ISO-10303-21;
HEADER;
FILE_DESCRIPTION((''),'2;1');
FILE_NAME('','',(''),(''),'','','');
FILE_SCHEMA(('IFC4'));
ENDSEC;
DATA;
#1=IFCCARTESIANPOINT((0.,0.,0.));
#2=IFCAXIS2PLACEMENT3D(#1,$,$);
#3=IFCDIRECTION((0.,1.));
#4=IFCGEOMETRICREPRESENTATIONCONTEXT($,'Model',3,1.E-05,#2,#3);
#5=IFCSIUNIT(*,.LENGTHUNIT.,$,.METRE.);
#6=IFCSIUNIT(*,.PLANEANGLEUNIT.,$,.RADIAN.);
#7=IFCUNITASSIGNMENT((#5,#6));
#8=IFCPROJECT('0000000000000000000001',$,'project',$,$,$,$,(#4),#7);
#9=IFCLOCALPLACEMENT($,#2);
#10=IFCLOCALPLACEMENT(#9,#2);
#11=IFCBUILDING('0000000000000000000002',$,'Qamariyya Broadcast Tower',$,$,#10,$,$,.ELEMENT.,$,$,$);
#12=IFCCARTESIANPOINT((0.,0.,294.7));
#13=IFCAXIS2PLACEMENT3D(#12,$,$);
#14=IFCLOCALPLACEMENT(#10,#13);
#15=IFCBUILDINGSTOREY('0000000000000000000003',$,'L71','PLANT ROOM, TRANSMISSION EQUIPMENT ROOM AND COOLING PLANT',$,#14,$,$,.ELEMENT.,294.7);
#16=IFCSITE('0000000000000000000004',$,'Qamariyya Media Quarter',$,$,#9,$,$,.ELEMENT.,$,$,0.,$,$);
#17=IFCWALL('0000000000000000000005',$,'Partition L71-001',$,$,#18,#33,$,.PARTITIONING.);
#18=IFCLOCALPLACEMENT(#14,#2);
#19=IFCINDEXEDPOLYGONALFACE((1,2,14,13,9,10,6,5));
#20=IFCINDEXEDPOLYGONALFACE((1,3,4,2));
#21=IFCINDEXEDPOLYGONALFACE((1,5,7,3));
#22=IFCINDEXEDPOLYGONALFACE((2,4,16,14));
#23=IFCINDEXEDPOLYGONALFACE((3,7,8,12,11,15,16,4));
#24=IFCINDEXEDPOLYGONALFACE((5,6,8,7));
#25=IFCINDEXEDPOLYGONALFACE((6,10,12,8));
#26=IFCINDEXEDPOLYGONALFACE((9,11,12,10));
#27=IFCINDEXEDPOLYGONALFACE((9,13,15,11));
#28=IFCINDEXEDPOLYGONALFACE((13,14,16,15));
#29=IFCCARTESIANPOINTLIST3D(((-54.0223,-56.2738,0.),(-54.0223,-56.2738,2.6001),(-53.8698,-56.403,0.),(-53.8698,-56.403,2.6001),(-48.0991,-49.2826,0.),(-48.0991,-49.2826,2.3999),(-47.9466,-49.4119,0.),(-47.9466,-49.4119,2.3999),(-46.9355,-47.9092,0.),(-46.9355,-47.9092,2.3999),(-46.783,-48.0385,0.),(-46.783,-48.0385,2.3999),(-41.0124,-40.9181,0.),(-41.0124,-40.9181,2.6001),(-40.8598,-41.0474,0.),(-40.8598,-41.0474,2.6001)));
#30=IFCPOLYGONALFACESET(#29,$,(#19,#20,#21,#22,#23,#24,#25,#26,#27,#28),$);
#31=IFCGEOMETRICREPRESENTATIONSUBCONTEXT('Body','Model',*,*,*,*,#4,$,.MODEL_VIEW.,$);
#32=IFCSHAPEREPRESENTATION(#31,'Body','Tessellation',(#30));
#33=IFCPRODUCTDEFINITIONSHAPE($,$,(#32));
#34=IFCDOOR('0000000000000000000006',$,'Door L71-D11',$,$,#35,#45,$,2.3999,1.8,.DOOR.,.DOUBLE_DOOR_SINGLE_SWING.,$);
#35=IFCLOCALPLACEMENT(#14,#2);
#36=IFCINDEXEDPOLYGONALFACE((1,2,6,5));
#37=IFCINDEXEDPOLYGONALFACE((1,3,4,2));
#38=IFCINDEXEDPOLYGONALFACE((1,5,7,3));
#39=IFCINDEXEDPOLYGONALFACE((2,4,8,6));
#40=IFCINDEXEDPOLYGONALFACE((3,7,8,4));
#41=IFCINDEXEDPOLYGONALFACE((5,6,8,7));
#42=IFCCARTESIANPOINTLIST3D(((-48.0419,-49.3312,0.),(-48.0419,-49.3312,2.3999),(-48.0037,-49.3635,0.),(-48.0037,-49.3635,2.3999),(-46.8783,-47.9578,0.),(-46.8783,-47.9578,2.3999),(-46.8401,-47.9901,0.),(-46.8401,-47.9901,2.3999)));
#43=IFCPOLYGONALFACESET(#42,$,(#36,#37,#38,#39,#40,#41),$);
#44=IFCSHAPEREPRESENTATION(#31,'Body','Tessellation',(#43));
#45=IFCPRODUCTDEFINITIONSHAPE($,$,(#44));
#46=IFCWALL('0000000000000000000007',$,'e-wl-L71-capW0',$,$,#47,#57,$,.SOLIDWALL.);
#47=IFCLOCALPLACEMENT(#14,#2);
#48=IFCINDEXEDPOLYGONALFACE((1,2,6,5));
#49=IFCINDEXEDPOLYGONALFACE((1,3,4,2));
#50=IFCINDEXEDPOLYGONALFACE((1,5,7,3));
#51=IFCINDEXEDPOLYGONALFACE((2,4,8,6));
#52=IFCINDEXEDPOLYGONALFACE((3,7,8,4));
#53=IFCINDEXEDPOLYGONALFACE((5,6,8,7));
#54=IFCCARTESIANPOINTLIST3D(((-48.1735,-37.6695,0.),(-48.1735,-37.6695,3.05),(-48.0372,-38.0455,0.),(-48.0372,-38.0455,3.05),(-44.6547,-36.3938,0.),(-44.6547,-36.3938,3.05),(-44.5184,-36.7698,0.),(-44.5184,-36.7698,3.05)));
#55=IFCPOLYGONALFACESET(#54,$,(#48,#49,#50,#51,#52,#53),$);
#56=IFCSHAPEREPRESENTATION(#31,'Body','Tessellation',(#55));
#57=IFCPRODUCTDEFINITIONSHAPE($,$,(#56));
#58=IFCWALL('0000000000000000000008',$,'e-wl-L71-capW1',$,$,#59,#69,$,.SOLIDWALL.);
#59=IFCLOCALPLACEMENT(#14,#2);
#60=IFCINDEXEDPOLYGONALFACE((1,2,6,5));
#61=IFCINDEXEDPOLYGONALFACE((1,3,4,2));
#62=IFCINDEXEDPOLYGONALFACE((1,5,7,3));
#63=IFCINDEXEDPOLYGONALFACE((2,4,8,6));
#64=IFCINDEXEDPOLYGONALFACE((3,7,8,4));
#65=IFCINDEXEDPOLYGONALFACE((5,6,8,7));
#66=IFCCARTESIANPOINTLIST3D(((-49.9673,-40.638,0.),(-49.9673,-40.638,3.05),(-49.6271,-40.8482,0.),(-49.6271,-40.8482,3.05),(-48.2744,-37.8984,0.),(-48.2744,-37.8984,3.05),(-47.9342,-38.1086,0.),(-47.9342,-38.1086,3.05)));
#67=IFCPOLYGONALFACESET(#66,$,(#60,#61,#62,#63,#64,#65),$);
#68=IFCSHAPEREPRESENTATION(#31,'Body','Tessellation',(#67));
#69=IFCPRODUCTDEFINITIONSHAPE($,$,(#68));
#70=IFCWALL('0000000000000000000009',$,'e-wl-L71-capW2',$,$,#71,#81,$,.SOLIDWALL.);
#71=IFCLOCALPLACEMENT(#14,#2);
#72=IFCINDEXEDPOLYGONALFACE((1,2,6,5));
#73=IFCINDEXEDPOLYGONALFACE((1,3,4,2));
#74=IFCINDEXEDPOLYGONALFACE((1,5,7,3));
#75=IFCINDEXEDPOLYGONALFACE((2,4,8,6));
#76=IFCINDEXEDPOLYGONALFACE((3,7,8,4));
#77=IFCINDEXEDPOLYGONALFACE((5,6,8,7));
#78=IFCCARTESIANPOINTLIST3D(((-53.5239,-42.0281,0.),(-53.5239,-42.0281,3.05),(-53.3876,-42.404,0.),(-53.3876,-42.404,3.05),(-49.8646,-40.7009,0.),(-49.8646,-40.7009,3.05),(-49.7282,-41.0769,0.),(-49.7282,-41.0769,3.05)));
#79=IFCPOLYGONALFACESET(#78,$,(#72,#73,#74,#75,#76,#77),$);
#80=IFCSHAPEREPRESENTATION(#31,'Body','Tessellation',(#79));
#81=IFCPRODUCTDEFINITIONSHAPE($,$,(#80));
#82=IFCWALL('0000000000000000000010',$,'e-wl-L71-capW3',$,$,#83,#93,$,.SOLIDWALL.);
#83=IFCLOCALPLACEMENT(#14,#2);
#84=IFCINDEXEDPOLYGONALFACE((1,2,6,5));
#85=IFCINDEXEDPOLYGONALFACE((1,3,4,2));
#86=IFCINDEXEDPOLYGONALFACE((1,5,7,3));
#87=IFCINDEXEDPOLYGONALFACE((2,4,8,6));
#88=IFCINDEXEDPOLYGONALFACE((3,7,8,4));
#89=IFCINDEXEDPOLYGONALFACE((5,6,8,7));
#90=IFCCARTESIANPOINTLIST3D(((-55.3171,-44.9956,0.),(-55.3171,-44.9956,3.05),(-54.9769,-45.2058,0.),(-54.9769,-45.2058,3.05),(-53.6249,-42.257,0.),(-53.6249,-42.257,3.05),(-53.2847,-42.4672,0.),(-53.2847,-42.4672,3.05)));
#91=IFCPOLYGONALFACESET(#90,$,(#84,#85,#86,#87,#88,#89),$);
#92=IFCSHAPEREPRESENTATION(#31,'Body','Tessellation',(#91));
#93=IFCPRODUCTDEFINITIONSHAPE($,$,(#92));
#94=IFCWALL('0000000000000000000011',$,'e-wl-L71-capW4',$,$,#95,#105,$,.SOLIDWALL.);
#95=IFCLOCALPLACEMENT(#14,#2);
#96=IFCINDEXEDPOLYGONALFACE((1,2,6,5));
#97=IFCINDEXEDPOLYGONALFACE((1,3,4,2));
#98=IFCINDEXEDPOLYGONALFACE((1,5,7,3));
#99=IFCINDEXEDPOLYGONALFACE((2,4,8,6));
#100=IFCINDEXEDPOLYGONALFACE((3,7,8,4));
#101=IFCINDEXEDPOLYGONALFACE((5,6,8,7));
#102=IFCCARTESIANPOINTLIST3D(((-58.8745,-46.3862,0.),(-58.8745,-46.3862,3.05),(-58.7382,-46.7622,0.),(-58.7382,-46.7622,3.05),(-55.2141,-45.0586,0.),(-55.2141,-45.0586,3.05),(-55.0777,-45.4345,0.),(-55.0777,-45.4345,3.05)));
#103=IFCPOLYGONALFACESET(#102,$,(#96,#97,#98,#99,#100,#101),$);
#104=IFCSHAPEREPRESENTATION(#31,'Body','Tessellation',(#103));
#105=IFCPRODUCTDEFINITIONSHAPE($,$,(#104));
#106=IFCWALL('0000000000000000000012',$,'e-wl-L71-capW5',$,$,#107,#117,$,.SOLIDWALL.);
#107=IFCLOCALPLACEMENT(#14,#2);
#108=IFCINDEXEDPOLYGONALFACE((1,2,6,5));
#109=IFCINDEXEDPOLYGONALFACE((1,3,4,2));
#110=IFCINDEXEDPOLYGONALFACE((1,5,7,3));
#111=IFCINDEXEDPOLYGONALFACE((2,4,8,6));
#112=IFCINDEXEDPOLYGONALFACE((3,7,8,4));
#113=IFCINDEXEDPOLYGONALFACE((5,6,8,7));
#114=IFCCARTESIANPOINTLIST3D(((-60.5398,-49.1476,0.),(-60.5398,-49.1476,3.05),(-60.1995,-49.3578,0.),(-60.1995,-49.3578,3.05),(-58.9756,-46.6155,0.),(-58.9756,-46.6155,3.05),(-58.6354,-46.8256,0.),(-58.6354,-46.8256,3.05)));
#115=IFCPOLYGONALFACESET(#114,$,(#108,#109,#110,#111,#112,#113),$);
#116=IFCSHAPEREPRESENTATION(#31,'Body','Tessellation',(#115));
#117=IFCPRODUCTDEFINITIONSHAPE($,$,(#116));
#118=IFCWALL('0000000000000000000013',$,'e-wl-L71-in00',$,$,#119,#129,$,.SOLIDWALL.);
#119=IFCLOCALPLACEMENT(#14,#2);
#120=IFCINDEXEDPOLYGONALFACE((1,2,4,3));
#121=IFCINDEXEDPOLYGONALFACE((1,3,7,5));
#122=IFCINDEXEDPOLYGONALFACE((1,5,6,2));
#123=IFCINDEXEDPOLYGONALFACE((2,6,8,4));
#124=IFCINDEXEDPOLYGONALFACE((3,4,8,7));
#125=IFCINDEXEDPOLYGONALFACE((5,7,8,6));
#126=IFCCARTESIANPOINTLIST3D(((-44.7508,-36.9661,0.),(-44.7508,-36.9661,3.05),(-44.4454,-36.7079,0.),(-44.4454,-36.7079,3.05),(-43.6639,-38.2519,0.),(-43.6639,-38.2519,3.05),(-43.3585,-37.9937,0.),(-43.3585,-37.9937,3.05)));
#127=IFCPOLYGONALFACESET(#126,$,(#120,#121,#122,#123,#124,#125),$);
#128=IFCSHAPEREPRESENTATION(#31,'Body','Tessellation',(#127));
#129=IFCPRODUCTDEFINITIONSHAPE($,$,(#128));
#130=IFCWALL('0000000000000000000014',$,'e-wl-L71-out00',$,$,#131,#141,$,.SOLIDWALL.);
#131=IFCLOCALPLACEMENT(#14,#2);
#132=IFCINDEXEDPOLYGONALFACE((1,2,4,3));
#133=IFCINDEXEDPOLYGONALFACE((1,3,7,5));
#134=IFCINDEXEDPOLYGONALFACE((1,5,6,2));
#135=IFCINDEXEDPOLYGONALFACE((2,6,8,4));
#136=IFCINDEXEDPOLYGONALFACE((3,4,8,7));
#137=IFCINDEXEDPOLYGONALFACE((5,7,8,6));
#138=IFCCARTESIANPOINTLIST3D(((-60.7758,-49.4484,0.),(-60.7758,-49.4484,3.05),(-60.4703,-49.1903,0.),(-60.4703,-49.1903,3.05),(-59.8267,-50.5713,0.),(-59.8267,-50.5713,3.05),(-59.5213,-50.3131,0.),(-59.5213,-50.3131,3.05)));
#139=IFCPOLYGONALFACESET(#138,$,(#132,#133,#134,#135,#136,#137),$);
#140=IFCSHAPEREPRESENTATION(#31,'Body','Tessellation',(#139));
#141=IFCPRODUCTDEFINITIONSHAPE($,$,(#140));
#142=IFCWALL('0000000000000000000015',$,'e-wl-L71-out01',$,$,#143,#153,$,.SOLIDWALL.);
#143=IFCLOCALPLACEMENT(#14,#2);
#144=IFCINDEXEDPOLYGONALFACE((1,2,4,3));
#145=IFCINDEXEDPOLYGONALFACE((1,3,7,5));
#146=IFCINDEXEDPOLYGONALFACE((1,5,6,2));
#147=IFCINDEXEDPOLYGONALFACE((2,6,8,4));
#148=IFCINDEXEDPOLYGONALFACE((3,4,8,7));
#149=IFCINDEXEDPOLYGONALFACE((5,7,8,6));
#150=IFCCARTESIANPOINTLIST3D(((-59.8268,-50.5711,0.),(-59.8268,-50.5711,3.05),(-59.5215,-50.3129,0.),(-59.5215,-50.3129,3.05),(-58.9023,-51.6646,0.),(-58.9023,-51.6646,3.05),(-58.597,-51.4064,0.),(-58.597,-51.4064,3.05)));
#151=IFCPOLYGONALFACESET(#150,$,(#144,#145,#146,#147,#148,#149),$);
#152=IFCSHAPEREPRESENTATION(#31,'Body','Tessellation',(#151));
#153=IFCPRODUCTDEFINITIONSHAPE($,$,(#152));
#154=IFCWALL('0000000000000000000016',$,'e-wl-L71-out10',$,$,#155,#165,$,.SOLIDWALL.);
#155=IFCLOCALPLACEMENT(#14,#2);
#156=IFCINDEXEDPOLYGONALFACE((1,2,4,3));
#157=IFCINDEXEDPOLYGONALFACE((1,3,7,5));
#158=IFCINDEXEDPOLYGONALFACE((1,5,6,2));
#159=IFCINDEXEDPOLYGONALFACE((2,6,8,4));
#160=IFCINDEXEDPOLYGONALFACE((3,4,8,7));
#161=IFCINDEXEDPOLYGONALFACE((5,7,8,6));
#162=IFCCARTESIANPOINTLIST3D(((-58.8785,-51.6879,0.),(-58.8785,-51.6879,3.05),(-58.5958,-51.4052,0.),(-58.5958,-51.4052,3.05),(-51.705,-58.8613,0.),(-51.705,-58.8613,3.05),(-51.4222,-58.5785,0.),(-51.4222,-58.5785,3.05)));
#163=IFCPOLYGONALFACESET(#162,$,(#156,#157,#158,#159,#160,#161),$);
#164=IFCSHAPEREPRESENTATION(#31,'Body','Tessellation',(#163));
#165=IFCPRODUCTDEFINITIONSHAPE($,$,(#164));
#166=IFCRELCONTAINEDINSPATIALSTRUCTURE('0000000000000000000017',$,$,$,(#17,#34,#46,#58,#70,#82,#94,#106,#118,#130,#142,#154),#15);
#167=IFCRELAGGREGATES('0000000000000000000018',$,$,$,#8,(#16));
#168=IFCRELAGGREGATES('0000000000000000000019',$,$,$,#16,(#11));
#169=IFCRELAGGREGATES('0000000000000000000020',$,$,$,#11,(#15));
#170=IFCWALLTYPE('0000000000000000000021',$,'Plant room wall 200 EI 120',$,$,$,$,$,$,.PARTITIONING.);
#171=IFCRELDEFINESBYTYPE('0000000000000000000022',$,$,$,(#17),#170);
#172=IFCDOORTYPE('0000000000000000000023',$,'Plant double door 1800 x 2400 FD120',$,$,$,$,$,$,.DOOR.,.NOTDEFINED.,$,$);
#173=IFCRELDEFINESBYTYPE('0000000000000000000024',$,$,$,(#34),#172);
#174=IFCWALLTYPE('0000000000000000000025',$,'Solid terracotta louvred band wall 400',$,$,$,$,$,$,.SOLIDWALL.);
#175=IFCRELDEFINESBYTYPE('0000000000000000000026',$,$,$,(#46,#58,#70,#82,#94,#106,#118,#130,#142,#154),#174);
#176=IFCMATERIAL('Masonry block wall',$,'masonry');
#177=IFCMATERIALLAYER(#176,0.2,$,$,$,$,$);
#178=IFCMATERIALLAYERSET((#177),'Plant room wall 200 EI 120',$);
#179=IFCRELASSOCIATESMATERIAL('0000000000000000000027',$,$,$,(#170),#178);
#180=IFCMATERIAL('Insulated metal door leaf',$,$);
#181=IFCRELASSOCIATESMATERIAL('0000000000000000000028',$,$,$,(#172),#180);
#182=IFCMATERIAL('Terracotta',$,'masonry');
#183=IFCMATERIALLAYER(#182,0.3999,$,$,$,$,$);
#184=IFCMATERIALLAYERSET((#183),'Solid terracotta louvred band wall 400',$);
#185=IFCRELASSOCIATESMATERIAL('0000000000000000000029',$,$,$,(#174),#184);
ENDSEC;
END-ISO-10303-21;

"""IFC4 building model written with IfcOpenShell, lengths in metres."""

from ifc_helpers import new_model, si_unit, direction, frame, frame_2d, origin, place, context, subcontext, project, spatial, rectangle, extrude, material, layer, layer_set, type_object, element, fill, save


model = new_model("IFC4")

# Units and contexts
model_context = context("Model", 3, precision=1e-05, world=origin(), true_north=direction((0.0, 1.0)))
body_context = subcontext(model_context, "Body", "Model", "MODEL_VIEW")
ifc_project = project(units=[si_unit("LENGTHUNIT", "METRE"), si_unit("PLANEANGLEUNIT", "RADIAN")], contexts=[model_context])

# Site, building, storey
site_placement = place(None, origin())
site = spatial("IfcSite", under=ifc_project, at=site_placement, Name="Qamariyya Media Quarter", CompositionType="ELEMENT", RefElevation=0.0)
building_placement = place(site_placement, origin())
building = spatial("IfcBuilding", under=site, at=building_placement, Name="Qamariyya Broadcast Tower", CompositionType="ELEMENT")
storey_placement = place(building_placement, frame((0.0, 0.0, 294.7)))
storey = spatial("IfcBuildingStorey", under=building, at=storey_placement, Name="L71", Description="PLANT ROOM, TRANSMISSION EQUIPMENT ROOM AND COOLING PLANT", CompositionType="ELEMENT", Elevation=294.7)

# Wall, opening, door
ifc_material_1 = material(Name="Masonry block wall", Category="masonry")
ifc_layer_1 = layer(ifc_material_1, 0.2)
ifc_layer_set_1 = layer_set([ifc_layer_1], Name="Plant room wall 200 EI 120")
wall_type_1 = type_object("IfcWallType", Name="Plant room wall 200 EI 120", PredefinedType="PARTITIONING", material=ifc_layer_set_1)
wall_1_placement = place(storey_placement, frame((-53.946, -56.3384, 0.0), z_axis=(0.0, 0.0, 1.0), x_axis=(0.646426, 0.762977, 0.0)))
wall_1 = element("IfcWall", 1, at=wall_1_placement, inside=storey, type_object=wall_type_1, Name="Partition L71-001", PredefinedType="PARTITIONING", context=body_context, shape_type="SweptSolid", body=[
    extrude(rectangle(XDim=20.126, YDim=0.2, at=frame_2d((10.063, 0.0))), origin(), (0.0, 0.0, 1.0), 2.6001),
])
opening_1_placement = place(wall_1_placement, frame((9.1631, 0.0, 0.0)))
opening_1 = element("IfcOpeningElement", 2, at=opening_1_placement, cuts=wall_1, PredefinedType="OPENING", context=body_context, shape_type="SweptSolid", body=[
    extrude(rectangle(XDim=1.8, YDim=2.3999, at=frame_2d((0.8999, 1.2))), frame((0.0, 0.1099, 0.0), z_axis=(0.0, -1.0, 0.0), x_axis=(1.0, 0.0, 0.0)), (0.0, 0.0, 1.0), 0.22),
])
ifc_material_2 = material(Name="Insulated metal door leaf")
door_type_1 = type_object("IfcDoorType", Name="Plant double door 1800 x 2400 FD120", OperationType="NOTDEFINED", PredefinedType="DOOR", material=ifc_material_2)
door_1_placement = place(opening_1_placement, origin())
door_1 = element("IfcDoor", 3, at=door_1_placement, inside=storey, type_object=door_type_1, Name="Door L71-D11", OperationType="DOUBLE_DOOR_SINGLE_SWING", OverallHeight=2.3999, OverallWidth=1.8, PredefinedType="DOOR", context=body_context, shape_type="SweptSolid", body=[
    extrude(rectangle(XDim=1.8, YDim=2.3999, at=frame_2d((0.8999, 1.2))), frame((0.0, 0.0249, 0.0), z_axis=(0.0, -1.0, 0.0), x_axis=(1.0, 0.0, 0.0)), (0.0, 0.0, 1.0), 0.05),
])
fill(opening_1, door_1)

# Walls
ifc_material_3 = material(Name="Terracotta", Category="masonry")
ifc_layer_2 = layer(ifc_material_3, 0.3999)
ifc_layer_set_2 = layer_set([ifc_layer_2], Name="Solid terracotta louvred band wall 400")
wall_type_2 = type_object("IfcWallType", Name="Solid terracotta louvred band wall 400", PredefinedType="SOLIDWALL", material=ifc_layer_set_2)
wall_2_placement = place(storey_placement, frame((-44.5864, -36.5818, 0.0), z_axis=(0.0, 0.0, 1.0), x_axis=(-0.94013, -0.340816, 0.0)))
element("IfcWall", 4, at=wall_2_placement, inside=storey, type_object=wall_type_2, Name="e-wl-L71-capW0", PredefinedType="SOLIDWALL", context=body_context, shape_type="SweptSolid", body=[
    extrude(rectangle(XDim=3.7429, YDim=0.3999, at=frame_2d((1.8716, 0.0))), origin(), (0.0, 0.0, 1.0), 3.05),
])
wall_3_placement = place(storey_placement, frame((-48.1042, -38.0034, 0.0), z_axis=(0.0, 0.0, 1.0), x_axis=(-0.525678, -0.850683, 0.0)))
element("IfcWall", 5, at=wall_3_placement, inside=storey, type_object=wall_type_2, Name="e-wl-L71-capW1", PredefinedType="SOLIDWALL", context=body_context, shape_type="SweptSolid", body=[
    extrude(rectangle(XDim=3.2205, YDim=0.3999, at=frame_2d((1.6104, 0.0))), origin(), (0.0, 0.0, 1.0), 3.05),
])
wall_4_placement = place(storey_placement, frame((-49.7964, -40.8889, 0.0), z_axis=(0.0, 0.0, 1.0), x_axis=(-0.940086, -0.340937, 0.0)))
element("IfcWall", 6, at=wall_4_placement, inside=storey, type_object=wall_type_2, Name="e-wl-L71-capW2", PredefinedType="SOLIDWALL", context=body_context, shape_type="SweptSolid", body=[
    extrude(rectangle(XDim=3.8926, YDim=0.3999, at=frame_2d((1.9463, 0.0))), origin(), (0.0, 0.0, 1.0), 3.05),
])
wall_5_placement = place(storey_placement, frame((-53.4548, -42.3621, 0.0), z_axis=(0.0, 0.0, 1.0), x_axis=(-0.525649, -0.850701, 0.0)))
element("IfcWall", 7, at=wall_5_placement, inside=storey, type_object=wall_type_2, Name="e-wl-L71-capW3", PredefinedType="SOLIDWALL", context=body_context, shape_type="SweptSolid", body=[
    extrude(rectangle(XDim=3.2192, YDim=0.3999, at=frame_2d((1.6096, 0.0))), origin(), (0.0, 0.0, 1.0), 3.05),
])
wall_6_placement = place(storey_placement, frame((-55.146, -45.2466, 0.0), z_axis=(0.0, 0.0, 1.0), x_axis=(-0.940075, -0.340968, 0.0)))
element("IfcWall", 8, at=wall_6_placement, inside=storey, type_object=wall_type_2, Name="e-wl-L71-capW4", PredefinedType="SOLIDWALL", context=body_context, shape_type="SweptSolid", body=[
    extrude(rectangle(XDim=3.8938, YDim=0.3999, at=frame_2d((1.9468, 0.0))), origin(), (0.0, 0.0, 1.0), 3.05),
])
wall_7_placement = place(storey_placement, frame((-58.8054, -46.7205, 0.0), z_axis=(0.0, 0.0, 1.0), x_axis=(-0.525538, -0.85077, 0.0)))
element("IfcWall", 9, at=wall_7_placement, inside=storey, type_object=wall_type_2, Name="e-wl-L71-capW5", PredefinedType="SOLIDWALL", context=body_context, shape_type="SweptSolid", body=[
    extrude(rectangle(XDim=2.9763, YDim=0.3999, at=frame_2d((1.4883, 0.0))), origin(), (0.0, 0.0, 1.0), 3.05),
])
wall_8_placement = place(storey_placement, frame((-43.5112, -38.1228, 0.0), z_axis=(0.0, 0.0, 1.0), x_axis=(-0.645546, 0.763722, 0.0)))
element("IfcWall", 10, at=wall_8_placement, inside=storey, type_object=wall_type_2, Name="e-wl-L71-in00", PredefinedType="SOLIDWALL", context=body_context, shape_type="SweptSolid", body=[
    extrude(rectangle(XDim=1.6836, YDim=0.3999, at=frame_2d((0.8418, 0.0))), origin(), (0.0, 0.0, 1.0), 3.05),
])
wall_9_placement = place(storey_placement, frame((-60.623, -49.3193, 0.0), z_axis=(0.0, 0.0, 1.0), x_axis=(0.64551, -0.763752, 0.0)))
element("IfcWall", 11, at=wall_9_placement, inside=storey, type_object=wall_type_2, Name="e-wl-L71-out00", PredefinedType="SOLIDWALL", context=body_context, shape_type="SweptSolid", body=[
    extrude(rectangle(XDim=1.4702, YDim=0.3999, at=frame_2d((0.7351, 0.0))), origin(), (0.0, 0.0, 1.0), 3.05),
])
wall_10_placement = place(storey_placement, frame((-59.6741, -50.4421, 0.0), z_axis=(0.0, 0.0, 1.0), x_axis=(0.645652, -0.763632, 0.0)))
element("IfcWall", 12, at=wall_10_placement, inside=storey, type_object=wall_type_2, Name="e-wl-L71-out01", PredefinedType="SOLIDWALL", context=body_context, shape_type="SweptSolid", body=[
    extrude(rectangle(XDim=1.4319, YDim=0.3999, at=frame_2d((0.7158, 0.0))), origin(), (0.0, 0.0, 1.0), 3.05),
])
wall_11_placement = place(storey_placement, frame((-58.7371, -51.5466, 0.0), z_axis=(0.0, 0.0, 1.0), x_axis=(0.707119, -0.707095, 0.0)))
element("IfcWall", 13, at=wall_11_placement, inside=storey, type_object=wall_type_2, Name="e-wl-L71-out10", PredefinedType="SOLIDWALL", context=body_context, shape_type="SweptSolid", body=[
    extrude(rectangle(XDim=10.1448, YDim=0.3999, at=frame_2d((5.0723, 0.0))), origin(), (0.0, 0.0, 1.0), 3.05),
])

save(model, "model.ifc")
